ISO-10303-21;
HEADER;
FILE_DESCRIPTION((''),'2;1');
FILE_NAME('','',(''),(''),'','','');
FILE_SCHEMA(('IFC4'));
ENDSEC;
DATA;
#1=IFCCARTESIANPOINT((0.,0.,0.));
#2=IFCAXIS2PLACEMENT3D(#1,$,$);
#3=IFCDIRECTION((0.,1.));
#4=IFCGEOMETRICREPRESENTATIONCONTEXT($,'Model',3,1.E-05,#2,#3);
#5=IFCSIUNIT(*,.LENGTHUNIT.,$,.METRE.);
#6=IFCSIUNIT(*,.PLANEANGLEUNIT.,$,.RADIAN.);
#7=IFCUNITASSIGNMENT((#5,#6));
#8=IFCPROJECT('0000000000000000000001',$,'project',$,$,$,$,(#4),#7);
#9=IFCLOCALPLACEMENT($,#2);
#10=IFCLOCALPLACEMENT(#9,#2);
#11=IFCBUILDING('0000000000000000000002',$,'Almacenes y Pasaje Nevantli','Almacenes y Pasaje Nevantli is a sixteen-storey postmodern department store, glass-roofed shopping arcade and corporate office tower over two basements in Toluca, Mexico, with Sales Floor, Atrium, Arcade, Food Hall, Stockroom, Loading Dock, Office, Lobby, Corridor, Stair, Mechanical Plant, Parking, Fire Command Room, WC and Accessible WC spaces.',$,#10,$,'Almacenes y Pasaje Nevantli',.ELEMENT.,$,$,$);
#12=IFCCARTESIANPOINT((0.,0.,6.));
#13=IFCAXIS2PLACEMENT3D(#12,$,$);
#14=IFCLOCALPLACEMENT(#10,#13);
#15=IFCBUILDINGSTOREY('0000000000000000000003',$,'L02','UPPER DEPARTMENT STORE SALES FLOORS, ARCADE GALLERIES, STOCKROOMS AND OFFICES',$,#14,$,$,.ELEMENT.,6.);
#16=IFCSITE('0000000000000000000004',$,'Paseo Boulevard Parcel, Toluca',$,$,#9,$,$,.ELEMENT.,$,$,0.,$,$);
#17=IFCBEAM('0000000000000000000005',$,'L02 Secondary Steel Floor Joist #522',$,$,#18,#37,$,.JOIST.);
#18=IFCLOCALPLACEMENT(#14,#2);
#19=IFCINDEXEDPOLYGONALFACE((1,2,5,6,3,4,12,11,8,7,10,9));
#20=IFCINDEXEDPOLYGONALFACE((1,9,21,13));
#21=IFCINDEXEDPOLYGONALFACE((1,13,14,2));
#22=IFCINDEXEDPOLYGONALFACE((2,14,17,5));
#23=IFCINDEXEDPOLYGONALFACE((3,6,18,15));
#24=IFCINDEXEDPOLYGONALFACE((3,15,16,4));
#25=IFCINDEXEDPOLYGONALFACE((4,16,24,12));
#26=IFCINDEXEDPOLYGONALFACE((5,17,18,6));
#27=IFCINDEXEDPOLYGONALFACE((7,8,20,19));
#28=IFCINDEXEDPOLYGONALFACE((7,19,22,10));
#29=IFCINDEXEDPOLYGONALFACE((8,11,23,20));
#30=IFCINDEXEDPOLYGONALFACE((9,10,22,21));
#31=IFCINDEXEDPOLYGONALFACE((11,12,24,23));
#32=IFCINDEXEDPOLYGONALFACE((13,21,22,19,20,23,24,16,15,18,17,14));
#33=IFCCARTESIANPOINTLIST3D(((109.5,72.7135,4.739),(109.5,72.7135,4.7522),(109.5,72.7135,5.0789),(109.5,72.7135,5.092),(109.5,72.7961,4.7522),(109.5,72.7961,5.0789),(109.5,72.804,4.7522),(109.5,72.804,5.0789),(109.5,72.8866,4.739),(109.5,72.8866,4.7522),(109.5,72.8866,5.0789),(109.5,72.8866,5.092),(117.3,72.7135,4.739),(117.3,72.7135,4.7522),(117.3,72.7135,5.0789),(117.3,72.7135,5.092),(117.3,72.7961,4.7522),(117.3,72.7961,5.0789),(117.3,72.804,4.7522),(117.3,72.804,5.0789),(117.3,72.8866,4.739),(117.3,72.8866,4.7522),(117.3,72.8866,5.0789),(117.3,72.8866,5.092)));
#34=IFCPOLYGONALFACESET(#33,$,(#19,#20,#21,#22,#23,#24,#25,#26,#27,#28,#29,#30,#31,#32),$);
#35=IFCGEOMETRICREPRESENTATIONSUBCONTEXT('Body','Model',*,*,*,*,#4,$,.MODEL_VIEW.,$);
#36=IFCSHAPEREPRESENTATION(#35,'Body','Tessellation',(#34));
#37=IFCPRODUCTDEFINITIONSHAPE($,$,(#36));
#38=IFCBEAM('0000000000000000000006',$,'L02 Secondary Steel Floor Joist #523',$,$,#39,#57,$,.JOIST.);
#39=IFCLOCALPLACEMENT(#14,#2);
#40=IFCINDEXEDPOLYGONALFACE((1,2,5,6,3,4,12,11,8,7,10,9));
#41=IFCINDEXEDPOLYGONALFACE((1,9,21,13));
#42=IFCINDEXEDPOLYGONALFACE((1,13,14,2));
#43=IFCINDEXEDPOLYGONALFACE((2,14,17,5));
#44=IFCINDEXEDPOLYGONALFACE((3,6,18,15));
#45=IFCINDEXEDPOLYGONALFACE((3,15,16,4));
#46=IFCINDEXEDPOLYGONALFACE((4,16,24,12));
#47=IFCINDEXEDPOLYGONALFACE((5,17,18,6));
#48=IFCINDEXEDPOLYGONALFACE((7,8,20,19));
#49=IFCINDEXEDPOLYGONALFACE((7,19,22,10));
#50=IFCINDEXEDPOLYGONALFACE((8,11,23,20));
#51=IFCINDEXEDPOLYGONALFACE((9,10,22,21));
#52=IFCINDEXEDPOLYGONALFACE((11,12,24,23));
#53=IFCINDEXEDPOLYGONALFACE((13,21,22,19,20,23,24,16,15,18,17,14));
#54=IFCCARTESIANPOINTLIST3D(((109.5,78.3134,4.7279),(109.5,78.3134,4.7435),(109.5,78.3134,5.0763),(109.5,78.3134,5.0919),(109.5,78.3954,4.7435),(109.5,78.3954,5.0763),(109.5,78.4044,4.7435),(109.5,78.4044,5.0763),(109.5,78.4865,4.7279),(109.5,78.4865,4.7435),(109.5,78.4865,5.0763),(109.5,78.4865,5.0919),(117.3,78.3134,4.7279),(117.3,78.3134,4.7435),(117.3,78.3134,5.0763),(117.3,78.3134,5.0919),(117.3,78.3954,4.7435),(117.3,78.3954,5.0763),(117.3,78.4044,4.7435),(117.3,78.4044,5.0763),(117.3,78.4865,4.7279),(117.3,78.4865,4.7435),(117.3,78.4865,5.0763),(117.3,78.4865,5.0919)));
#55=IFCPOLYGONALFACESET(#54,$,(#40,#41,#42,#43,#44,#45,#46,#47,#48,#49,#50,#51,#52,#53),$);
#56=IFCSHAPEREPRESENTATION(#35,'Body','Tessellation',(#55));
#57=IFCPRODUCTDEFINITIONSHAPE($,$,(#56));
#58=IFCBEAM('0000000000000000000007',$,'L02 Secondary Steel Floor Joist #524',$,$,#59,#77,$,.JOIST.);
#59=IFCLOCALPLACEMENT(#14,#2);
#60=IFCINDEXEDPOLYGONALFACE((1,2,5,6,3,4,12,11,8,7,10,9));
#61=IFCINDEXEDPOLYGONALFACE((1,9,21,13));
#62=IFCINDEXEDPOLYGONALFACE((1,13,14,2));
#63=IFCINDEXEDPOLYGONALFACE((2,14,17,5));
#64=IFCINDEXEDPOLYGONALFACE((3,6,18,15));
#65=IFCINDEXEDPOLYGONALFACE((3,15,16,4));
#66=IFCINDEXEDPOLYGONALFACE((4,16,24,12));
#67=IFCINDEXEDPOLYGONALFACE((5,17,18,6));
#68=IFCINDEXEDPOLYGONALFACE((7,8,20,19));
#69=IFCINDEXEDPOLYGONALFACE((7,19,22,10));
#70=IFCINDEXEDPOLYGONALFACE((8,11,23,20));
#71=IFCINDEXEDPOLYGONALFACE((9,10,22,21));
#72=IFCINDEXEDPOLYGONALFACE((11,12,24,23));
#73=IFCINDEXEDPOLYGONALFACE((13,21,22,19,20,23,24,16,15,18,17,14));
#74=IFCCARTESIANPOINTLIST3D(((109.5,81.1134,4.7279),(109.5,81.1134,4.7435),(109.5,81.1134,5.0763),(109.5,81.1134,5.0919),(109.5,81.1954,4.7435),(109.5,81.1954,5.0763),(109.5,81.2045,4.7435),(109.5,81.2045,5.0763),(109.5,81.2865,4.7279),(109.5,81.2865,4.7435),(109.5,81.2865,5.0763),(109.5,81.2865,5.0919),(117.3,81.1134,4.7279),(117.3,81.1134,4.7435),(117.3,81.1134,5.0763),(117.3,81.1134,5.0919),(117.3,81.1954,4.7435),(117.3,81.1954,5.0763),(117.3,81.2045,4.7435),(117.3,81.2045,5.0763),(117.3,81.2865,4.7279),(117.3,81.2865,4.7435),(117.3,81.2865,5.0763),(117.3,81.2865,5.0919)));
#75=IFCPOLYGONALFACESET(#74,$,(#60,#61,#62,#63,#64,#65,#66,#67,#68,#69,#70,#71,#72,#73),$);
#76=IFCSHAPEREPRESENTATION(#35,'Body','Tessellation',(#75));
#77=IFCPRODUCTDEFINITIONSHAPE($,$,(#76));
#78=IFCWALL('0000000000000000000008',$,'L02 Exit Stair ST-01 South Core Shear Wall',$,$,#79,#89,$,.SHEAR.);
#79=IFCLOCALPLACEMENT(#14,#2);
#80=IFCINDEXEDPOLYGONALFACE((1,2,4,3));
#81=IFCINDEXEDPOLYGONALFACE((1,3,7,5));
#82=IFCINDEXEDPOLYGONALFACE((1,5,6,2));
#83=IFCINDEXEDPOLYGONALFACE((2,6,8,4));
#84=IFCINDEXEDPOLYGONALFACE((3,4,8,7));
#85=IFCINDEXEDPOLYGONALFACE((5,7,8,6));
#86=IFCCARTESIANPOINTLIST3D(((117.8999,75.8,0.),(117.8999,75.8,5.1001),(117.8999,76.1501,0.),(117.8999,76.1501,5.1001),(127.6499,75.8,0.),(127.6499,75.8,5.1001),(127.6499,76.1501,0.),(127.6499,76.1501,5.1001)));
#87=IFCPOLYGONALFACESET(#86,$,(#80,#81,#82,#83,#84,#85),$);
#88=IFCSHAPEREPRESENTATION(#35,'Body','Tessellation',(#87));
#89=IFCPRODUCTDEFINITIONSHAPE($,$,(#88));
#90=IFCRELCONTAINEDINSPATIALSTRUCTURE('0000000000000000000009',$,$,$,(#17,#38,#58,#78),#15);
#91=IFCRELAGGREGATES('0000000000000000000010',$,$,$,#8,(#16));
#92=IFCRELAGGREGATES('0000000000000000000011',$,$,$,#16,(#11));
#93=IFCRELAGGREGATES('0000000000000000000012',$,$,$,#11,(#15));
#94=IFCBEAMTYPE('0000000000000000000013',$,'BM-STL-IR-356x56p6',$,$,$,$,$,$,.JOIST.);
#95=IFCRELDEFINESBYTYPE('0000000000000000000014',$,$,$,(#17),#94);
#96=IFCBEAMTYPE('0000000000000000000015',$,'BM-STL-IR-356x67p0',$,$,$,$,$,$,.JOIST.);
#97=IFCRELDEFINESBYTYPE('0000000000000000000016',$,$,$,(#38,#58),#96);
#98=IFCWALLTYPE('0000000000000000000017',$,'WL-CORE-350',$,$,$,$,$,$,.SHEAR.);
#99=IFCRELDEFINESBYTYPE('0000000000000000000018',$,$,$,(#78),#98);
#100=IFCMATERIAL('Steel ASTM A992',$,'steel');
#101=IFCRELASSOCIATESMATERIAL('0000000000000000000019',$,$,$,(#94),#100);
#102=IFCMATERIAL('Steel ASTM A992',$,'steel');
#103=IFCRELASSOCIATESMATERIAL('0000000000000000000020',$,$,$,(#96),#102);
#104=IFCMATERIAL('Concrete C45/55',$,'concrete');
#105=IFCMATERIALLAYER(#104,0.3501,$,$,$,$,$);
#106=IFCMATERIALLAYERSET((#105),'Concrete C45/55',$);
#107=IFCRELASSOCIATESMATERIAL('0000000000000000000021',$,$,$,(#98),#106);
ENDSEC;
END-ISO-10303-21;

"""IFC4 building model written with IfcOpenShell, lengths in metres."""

from ifc_helpers import new_model, si_unit, direction, frame, frame_2d, origin, origin_2d, place, context, subcontext, project, spatial, rectangle, i_section, extrude, material, layer, layer_set, material_profile, profile_set, type_object, element, save


model = new_model("IFC4")

# Units and contexts
model_context = context("Model", 3, precision=1e-05, world=origin(), true_north=direction((0.0, 1.0)))
body_context = subcontext(model_context, "Body", "Model", "MODEL_VIEW")
ifc_project = project(units=[si_unit("LENGTHUNIT", "METRE"), si_unit("PLANEANGLEUNIT", "RADIAN")], contexts=[model_context])

# Site, building, storey
site_placement = place(None, origin())
site = spatial("IfcSite", under=ifc_project, at=site_placement, Name="Paseo Boulevard Parcel, Toluca", CompositionType="ELEMENT", RefElevation=0.0)
building_placement = place(site_placement, origin())
building = spatial("IfcBuilding", under=site, at=building_placement, Name="Almacenes y Pasaje Nevantli", Description="Almacenes y Pasaje Nevantli is a sixteen-storey postmodern department store, glass-roofed shopping arcade and corporate office tower over two basements in Toluca, Mexico, with Sales Floor, Atrium, Arcade, Food Hall, Stockroom, Loading Dock, Office, Lobby, Corridor, Stair, Mechanical Plant, Parking, Fire Command Room, WC and Accessible WC spaces.", LongName="Almacenes y Pasaje Nevantli", CompositionType="ELEMENT")
storey_placement = place(building_placement, frame((0.0, 0.0, 6.0)))
storey = spatial("IfcBuildingStorey", under=building, at=storey_placement, Name="L02", Description="UPPER DEPARTMENT STORE SALES FLOORS, ARCADE GALLERIES, STOCKROOMS AND OFFICES", CompositionType="ELEMENT", Elevation=6.0)

# Beams
ifc_material_1 = material(Name="Steel ASTM A992", Category="steel")
ifc_material_profile_1 = material_profile(ifc_material_1, i_section(OverallWidth=0.1731, OverallDepth=0.353, WebThickness=0.0078, FlangeThickness=0.0132, at=origin_2d()), Name="IR 356x56.6")
ifc_profile_set_1 = profile_set([ifc_material_profile_1], Name="Steel ASTM A992")
beam_type_1 = type_object("IfcBeamType", Name="BM-STL-IR-356x56p6", PredefinedType="JOIST", material=ifc_profile_set_1)
for number, where, z_axis, x_axis, name in (
    (1, (109.5, 72.8, 4.9155), (1.0, 0.0, 0.0), (0.0, 1.0, 0.0), "L02 Secondary Steel Floor Joist #522"),
):
    element("IfcBeam", number, at=place(storey_placement, frame(where, z_axis=z_axis, x_axis=x_axis)), inside=storey, type_object=beam_type_1, Name=name, PredefinedType="JOIST", context=body_context, shape_type="SweptSolid", body=[
        extrude(i_section(OverallWidth=0.1731, OverallDepth=0.353, WebThickness=0.0078, FlangeThickness=0.0132, at=origin_2d()), origin(), (0.0, 0.0, 1.0), 7.8),
    ])
ifc_material_2 = material(Name="Steel ASTM A992", Category="steel")
ifc_material_profile_2 = material_profile(ifc_material_2, i_section(OverallWidth=0.1731, OverallDepth=0.364, WebThickness=0.009, FlangeThickness=0.0156, at=origin_2d()), Name="IR 356x67.0")
ifc_profile_set_2 = profile_set([ifc_material_profile_2], Name="Steel ASTM A992")
beam_type_2 = type_object("IfcBeamType", Name="BM-STL-IR-356x67p0", PredefinedType="JOIST", material=ifc_profile_set_2)
for number, where, z_axis, x_axis, name in (
    (2, (109.5, 78.3999, 4.9099), (1.0, 0.0, 0.0), (0.0, 1.0, 0.0), "L02 Secondary Steel Floor Joist #523"),
    (3, (109.5, 81.2, 4.9099), (1.0, 0.0, 0.0), (0.0, 1.0, 0.0), "L02 Secondary Steel Floor Joist #524"),
):
    element("IfcBeam", number, at=place(storey_placement, frame(where, z_axis=z_axis, x_axis=x_axis)), inside=storey, type_object=beam_type_2, Name=name, PredefinedType="JOIST", context=body_context, shape_type="SweptSolid", body=[
        extrude(i_section(OverallWidth=0.1731, OverallDepth=0.364, WebThickness=0.009, FlangeThickness=0.0156, at=origin_2d()), origin(), (0.0, 0.0, 1.0), 7.8),
    ])

# Wall
ifc_material_3 = material(Name="Concrete C45/55", Category="concrete")
ifc_layer = layer(ifc_material_3, 0.3501)
ifc_layer_set = layer_set([ifc_layer], Name="Concrete C45/55")
wall_type = type_object("IfcWallType", Name="WL-CORE-350", PredefinedType="SHEAR", material=ifc_layer_set)
wall_placement = place(storey_placement, frame((117.8999, 75.9751, 0.0), z_axis=(0.0, 0.0, 1.0), x_axis=(1.0, 0.0, 0.0)))
element("IfcWall", 4, at=wall_placement, inside=storey, type_object=wall_type, Name="L02 Exit Stair ST-01 South Core Shear Wall", PredefinedType="SHEAR", context=body_context, shape_type="SweptSolid", body=[
    extrude(rectangle(XDim=9.75, YDim=0.3501, at=frame_2d((4.875, 0.0))), origin(), (0.0, 0.0, 1.0), 5.1001),
])

save(model, "model.ifc")
